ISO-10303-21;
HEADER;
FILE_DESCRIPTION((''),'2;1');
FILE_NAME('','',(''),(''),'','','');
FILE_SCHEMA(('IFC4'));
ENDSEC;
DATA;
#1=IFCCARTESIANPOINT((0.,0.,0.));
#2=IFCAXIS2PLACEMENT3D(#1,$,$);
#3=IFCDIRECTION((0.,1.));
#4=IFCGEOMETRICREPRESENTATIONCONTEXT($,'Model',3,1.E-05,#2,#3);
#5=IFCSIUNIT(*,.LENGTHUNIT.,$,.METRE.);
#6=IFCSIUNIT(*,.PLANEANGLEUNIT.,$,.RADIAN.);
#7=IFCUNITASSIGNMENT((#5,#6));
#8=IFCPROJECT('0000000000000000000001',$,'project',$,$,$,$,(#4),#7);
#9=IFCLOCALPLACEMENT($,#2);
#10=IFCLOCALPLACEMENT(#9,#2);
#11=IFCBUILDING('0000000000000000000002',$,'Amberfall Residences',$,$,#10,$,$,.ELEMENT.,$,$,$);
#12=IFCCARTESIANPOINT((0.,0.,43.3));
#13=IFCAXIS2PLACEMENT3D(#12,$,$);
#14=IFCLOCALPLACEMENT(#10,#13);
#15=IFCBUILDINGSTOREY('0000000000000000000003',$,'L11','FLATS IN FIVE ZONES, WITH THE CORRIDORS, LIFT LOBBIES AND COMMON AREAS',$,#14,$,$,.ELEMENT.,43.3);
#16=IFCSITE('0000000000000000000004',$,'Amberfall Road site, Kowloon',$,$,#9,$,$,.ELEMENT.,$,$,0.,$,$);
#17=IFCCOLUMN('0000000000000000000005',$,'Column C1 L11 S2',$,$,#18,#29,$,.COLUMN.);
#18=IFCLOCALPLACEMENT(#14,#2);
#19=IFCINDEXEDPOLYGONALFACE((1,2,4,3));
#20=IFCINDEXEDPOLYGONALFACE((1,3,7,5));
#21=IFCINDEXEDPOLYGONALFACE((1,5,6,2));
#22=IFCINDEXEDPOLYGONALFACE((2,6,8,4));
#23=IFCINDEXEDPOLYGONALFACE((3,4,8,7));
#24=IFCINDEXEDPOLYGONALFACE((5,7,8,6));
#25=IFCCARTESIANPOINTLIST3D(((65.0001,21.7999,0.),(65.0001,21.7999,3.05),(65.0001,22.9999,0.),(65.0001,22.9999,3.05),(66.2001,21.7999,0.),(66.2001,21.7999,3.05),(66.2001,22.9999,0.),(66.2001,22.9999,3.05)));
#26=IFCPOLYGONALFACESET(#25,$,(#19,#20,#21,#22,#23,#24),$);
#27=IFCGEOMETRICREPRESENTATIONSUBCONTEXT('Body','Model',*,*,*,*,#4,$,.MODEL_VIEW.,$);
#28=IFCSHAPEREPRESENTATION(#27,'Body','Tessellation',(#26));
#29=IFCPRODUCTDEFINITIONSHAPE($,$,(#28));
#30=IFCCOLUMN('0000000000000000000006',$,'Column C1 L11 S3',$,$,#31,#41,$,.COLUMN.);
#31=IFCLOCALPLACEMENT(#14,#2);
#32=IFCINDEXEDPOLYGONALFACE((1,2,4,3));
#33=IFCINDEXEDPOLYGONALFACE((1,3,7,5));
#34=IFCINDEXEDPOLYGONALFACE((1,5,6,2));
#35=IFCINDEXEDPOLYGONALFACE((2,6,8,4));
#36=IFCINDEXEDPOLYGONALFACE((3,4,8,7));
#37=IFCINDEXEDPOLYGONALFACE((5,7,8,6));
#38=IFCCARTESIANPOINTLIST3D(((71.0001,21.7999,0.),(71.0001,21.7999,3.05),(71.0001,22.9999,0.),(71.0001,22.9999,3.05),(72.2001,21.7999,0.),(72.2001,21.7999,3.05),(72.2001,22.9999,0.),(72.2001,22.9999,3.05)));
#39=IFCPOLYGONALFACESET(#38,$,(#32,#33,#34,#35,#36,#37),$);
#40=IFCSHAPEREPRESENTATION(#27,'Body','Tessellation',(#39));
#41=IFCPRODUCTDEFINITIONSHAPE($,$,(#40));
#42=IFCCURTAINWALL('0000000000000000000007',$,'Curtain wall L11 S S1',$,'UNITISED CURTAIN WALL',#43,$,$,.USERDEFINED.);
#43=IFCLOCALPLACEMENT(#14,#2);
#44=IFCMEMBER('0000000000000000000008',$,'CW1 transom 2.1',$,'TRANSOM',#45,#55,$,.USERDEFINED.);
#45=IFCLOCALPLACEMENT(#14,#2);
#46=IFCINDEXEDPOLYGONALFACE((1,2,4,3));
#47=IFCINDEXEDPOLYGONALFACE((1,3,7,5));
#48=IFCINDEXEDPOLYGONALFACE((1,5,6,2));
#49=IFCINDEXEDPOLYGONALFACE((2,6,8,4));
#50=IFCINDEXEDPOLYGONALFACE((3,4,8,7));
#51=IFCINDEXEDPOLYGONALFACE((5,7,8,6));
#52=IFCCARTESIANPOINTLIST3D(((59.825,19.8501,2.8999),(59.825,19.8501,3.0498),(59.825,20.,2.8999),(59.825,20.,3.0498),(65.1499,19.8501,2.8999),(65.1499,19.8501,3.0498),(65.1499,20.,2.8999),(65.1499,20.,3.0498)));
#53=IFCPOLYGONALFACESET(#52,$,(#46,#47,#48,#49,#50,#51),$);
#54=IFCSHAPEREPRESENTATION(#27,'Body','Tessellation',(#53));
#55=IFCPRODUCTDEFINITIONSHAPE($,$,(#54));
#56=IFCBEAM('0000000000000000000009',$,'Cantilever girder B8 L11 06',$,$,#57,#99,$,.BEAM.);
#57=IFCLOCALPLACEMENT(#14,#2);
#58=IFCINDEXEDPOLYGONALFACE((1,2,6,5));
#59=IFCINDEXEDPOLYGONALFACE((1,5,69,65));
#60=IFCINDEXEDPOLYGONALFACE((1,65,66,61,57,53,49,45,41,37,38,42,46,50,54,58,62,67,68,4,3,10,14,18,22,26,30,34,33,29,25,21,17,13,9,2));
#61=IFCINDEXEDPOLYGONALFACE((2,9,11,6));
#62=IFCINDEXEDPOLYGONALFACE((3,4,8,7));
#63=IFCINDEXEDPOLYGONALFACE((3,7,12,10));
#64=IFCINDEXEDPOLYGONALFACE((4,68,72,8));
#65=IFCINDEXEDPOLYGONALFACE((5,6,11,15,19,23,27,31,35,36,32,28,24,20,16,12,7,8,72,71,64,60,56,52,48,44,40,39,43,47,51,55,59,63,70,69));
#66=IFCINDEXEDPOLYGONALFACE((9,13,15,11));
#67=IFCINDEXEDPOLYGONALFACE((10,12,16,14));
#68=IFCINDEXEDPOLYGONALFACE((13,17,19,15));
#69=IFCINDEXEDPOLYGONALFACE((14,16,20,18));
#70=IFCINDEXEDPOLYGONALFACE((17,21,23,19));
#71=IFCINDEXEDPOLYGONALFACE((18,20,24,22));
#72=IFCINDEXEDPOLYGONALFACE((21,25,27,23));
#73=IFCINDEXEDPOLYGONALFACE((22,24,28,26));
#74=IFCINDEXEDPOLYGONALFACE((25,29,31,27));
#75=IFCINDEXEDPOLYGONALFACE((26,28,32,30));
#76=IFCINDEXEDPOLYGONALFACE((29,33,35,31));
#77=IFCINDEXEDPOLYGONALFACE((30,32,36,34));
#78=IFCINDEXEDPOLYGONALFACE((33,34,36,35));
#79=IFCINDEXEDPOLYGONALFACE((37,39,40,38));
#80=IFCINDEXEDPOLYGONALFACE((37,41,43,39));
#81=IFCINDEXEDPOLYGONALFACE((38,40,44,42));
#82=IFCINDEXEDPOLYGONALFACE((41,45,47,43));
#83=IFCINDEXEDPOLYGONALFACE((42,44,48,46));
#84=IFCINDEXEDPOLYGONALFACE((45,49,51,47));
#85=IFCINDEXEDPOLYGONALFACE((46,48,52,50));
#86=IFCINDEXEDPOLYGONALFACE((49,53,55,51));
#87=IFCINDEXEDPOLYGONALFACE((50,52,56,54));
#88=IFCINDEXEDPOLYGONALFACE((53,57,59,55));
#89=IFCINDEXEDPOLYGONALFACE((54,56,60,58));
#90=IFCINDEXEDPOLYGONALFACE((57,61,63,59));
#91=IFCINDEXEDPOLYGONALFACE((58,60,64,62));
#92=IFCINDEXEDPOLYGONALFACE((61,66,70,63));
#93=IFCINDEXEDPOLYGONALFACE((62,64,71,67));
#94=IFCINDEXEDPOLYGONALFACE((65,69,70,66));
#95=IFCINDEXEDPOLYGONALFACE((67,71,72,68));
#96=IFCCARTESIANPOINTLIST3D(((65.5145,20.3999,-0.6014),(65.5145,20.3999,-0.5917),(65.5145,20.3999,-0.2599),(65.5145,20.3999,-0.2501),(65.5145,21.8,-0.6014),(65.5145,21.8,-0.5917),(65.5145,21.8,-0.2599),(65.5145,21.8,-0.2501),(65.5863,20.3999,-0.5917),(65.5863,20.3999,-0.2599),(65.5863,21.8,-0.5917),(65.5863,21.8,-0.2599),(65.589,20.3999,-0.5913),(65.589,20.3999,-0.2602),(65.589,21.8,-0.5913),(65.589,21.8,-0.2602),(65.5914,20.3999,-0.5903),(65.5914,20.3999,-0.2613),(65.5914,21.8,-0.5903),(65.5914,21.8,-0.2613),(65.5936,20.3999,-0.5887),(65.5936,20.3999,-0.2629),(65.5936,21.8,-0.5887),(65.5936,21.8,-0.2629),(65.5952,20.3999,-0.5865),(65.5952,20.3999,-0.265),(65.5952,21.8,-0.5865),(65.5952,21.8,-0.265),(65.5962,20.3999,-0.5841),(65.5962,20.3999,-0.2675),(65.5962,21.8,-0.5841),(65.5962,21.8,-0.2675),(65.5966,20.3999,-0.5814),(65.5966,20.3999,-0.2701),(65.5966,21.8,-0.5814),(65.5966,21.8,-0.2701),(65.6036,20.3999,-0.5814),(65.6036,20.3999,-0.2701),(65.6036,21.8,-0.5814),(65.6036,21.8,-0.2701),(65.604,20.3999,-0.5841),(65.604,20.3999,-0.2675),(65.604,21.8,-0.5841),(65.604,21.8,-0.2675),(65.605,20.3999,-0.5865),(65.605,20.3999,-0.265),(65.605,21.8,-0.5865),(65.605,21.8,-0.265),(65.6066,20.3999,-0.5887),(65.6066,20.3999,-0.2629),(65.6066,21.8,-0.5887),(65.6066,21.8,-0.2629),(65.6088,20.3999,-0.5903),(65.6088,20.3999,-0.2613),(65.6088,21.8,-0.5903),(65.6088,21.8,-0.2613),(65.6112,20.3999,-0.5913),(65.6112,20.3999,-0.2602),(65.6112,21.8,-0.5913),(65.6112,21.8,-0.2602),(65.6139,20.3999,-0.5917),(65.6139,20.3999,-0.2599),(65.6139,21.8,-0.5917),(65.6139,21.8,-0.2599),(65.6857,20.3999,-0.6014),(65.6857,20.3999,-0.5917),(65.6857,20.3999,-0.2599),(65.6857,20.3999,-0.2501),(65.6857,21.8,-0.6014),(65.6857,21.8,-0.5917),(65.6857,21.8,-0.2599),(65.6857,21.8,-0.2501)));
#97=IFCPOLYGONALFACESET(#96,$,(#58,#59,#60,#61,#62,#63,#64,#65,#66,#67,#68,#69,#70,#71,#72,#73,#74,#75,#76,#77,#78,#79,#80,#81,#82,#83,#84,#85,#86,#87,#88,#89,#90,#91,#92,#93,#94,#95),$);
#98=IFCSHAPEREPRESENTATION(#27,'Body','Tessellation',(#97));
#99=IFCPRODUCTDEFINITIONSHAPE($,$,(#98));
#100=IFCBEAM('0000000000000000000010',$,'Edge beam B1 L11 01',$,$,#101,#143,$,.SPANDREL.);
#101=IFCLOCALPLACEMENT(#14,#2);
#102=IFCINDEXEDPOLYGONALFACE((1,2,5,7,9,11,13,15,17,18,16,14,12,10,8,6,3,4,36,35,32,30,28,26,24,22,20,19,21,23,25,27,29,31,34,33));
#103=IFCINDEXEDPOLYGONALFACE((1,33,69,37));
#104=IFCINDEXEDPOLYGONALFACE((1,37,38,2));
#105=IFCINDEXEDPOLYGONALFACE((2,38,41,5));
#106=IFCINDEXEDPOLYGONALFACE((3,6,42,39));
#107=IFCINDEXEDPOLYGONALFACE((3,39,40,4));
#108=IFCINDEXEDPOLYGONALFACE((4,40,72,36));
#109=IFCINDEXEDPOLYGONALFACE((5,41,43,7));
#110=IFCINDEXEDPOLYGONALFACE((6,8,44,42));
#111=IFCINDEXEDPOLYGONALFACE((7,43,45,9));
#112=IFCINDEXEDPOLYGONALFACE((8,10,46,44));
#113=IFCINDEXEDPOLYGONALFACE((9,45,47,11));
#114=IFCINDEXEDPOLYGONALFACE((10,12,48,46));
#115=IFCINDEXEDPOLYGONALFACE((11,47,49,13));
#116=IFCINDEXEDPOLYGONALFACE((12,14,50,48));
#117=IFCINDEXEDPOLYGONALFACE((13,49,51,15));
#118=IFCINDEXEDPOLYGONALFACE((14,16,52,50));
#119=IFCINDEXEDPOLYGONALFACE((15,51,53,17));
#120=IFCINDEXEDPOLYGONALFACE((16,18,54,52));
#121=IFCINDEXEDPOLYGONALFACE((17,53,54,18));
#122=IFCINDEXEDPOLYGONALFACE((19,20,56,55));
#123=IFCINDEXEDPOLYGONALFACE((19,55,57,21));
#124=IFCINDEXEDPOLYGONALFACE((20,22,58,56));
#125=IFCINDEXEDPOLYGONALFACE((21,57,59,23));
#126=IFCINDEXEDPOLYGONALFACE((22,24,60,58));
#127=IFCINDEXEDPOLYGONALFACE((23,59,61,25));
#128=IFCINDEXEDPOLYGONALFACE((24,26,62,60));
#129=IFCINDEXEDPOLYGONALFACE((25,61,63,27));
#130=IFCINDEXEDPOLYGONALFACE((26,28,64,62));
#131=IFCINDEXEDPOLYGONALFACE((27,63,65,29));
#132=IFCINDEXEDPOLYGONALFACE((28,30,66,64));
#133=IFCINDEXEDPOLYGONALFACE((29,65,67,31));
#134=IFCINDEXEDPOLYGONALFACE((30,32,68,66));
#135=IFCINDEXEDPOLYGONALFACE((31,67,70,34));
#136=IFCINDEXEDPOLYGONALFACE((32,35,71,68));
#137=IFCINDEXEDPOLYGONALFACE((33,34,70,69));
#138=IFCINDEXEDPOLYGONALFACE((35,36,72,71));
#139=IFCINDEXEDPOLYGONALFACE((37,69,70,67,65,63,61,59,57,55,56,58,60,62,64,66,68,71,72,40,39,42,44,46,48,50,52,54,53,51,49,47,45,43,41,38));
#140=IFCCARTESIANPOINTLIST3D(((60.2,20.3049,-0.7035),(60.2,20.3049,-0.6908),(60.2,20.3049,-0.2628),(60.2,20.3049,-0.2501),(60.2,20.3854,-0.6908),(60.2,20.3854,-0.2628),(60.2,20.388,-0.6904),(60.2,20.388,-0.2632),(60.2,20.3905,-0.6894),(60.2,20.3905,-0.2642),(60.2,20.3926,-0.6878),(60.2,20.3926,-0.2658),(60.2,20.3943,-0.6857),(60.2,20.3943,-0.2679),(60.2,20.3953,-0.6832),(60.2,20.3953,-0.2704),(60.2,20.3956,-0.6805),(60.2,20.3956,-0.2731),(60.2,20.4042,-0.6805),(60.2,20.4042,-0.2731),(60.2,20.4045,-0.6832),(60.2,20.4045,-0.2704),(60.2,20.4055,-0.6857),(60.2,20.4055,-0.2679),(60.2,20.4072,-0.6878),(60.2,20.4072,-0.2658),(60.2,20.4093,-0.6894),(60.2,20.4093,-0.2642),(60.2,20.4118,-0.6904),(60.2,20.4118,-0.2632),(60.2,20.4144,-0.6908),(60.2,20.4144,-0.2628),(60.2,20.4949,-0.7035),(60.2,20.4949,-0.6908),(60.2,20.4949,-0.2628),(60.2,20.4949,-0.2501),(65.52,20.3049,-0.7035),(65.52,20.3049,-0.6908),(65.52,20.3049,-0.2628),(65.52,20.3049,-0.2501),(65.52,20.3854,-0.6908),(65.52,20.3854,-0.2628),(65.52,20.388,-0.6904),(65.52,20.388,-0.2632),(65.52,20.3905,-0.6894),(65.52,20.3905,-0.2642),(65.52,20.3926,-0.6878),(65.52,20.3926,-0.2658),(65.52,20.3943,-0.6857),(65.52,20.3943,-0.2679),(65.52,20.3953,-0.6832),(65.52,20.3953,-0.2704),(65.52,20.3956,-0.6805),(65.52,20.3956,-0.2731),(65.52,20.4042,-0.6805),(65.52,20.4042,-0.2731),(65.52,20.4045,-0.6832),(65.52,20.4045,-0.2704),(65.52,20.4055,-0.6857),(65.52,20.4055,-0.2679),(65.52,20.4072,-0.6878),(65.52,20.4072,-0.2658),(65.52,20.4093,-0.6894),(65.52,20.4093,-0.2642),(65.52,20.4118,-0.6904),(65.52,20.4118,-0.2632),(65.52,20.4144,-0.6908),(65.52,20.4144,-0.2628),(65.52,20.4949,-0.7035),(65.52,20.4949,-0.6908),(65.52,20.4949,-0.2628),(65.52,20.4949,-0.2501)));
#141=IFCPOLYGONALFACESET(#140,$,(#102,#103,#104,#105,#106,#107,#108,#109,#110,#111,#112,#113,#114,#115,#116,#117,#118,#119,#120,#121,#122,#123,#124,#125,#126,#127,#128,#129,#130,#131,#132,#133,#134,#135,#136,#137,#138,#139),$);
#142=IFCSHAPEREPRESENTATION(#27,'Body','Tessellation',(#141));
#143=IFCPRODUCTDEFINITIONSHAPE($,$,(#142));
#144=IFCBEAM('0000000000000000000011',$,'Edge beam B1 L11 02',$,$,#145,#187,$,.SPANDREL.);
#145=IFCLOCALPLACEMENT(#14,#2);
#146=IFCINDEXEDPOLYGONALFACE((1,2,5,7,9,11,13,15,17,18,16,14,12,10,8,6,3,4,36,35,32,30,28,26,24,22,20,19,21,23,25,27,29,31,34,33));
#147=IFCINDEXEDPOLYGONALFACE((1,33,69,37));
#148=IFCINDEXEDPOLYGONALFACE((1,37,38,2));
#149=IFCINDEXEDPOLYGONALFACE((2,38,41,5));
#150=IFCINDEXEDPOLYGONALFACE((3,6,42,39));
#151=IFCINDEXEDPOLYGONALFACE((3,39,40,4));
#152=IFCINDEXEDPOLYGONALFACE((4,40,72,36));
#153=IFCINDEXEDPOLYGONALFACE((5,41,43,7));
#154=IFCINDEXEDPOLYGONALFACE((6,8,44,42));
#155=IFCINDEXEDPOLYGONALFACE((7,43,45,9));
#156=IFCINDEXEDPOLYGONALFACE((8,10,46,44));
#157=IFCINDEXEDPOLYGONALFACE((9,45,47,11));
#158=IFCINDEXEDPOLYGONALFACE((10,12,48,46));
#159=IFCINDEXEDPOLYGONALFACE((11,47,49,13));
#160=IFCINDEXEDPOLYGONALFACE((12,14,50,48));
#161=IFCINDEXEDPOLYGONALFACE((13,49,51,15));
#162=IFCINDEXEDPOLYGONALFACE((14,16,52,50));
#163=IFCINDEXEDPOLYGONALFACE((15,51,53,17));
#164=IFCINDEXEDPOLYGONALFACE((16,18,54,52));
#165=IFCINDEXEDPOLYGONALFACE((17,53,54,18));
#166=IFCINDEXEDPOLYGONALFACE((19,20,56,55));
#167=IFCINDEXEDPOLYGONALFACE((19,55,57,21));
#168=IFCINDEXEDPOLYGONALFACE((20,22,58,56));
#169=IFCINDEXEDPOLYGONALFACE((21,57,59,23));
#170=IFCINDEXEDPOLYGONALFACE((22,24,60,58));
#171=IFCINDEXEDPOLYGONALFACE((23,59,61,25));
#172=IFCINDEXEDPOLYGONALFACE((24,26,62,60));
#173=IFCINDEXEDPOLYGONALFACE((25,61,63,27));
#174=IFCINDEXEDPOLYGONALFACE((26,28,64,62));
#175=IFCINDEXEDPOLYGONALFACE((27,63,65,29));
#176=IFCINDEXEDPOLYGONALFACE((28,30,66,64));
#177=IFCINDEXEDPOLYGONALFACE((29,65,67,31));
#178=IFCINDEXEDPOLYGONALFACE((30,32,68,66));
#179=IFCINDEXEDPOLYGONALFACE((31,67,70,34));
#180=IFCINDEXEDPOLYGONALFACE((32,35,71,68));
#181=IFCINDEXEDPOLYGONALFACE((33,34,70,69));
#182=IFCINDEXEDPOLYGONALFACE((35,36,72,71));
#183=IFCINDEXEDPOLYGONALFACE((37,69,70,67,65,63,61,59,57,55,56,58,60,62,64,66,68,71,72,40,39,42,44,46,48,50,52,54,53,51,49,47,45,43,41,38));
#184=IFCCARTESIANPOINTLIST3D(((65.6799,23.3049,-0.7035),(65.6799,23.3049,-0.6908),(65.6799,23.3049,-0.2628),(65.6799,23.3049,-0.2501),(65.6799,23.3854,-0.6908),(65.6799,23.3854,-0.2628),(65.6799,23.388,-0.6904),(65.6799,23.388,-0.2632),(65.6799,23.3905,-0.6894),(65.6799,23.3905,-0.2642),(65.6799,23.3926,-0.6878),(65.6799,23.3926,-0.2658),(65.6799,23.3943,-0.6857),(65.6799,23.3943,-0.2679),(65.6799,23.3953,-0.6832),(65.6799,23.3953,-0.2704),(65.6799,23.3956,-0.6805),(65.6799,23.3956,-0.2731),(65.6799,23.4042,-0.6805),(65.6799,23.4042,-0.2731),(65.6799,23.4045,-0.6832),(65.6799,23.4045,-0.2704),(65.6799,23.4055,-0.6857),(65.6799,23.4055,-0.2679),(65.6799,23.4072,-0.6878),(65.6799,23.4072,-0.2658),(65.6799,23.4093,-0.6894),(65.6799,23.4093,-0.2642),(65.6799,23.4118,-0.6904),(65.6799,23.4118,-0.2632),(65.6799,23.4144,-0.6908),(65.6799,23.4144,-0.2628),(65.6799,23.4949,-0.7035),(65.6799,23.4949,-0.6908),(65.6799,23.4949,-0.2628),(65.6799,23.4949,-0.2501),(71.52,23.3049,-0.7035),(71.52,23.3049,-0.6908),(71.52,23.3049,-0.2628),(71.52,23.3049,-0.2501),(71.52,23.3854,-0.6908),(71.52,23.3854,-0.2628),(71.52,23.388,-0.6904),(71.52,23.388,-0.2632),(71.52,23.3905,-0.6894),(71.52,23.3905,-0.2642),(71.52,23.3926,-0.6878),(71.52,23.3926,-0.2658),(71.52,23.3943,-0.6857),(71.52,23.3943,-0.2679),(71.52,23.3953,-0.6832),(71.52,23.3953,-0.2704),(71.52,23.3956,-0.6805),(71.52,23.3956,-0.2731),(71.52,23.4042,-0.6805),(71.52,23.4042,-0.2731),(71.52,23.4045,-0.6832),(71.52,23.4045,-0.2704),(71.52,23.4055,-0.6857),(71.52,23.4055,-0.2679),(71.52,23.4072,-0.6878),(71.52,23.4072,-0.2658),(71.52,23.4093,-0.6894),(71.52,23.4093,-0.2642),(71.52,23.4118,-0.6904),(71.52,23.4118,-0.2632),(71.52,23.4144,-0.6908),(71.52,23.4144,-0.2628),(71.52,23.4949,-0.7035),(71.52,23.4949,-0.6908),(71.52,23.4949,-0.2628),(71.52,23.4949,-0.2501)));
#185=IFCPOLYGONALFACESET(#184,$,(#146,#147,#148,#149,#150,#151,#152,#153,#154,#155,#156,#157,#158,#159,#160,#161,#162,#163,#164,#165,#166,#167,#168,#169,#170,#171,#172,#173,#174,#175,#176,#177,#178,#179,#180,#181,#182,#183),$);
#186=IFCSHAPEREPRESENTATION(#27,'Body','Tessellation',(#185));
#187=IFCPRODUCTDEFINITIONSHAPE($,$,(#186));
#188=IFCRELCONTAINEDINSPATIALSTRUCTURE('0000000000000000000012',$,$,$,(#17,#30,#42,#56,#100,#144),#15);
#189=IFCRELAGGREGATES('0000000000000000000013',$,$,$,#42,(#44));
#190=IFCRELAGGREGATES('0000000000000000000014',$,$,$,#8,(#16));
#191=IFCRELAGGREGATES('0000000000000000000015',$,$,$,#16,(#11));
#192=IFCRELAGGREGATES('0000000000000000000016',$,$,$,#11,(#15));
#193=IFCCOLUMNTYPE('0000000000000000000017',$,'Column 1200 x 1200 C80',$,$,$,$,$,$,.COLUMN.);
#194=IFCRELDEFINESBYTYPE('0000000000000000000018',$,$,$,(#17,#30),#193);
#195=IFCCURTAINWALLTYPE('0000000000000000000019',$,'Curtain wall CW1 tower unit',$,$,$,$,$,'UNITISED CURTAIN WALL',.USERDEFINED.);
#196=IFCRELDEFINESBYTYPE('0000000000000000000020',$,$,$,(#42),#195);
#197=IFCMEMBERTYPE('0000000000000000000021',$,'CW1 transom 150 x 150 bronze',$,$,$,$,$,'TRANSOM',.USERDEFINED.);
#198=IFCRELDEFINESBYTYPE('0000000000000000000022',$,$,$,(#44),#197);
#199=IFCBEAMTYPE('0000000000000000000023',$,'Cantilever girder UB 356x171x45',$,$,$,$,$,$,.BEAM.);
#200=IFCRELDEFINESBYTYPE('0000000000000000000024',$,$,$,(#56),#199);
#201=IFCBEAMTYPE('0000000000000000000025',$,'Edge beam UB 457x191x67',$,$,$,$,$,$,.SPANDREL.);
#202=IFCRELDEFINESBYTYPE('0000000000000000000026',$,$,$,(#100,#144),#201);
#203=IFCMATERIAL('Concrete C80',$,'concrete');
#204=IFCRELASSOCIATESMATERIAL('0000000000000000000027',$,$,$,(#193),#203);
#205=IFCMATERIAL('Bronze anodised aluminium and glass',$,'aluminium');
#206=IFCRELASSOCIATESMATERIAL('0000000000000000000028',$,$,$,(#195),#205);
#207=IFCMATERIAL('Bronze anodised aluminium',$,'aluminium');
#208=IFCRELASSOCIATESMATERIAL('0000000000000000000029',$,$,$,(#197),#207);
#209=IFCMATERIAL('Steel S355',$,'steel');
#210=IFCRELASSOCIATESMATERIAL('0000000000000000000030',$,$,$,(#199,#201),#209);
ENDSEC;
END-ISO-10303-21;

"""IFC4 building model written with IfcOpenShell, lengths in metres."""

from ifc_helpers import new_model, si_unit, direction, frame, origin, origin_2d, place, context, subcontext, project, spatial, rectangle, i_section, extrude, material, material_profile, profile_set, type_object, element, aggregate, save


model = new_model("IFC4")

# Units and contexts
model_context = context("Model", 3, precision=1e-05, world=origin(), true_north=direction((0.0, 1.0)))
body_context = subcontext(model_context, "Body", "Model", "MODEL_VIEW")
ifc_project = project(units=[si_unit("LENGTHUNIT", "METRE"), si_unit("PLANEANGLEUNIT", "RADIAN")], contexts=[model_context])

# Site, building, storey
site_placement = place(None, origin())
site = spatial("IfcSite", under=ifc_project, at=site_placement, Name="Amberfall Road site, Kowloon", CompositionType="ELEMENT", RefElevation=0.0)
building_placement = place(site_placement, origin())
building = spatial("IfcBuilding", under=site, at=building_placement, Name="Amberfall Residences", CompositionType="ELEMENT")
storey_placement = place(building_placement, frame((0.0, 0.0, 43.3)))
storey = spatial("IfcBuildingStorey", under=building, at=storey_placement, Name="L11", Description="FLATS IN FIVE ZONES, WITH THE CORRIDORS, LIFT LOBBIES AND COMMON AREAS", CompositionType="ELEMENT", Elevation=43.3)

# Columns
ifc_material_1 = material(Name="Concrete C80", Category="concrete")
ifc_material_profile_1 = material_profile(ifc_material_1, rectangle(XDim=1.2, YDim=1.2, at=origin_2d()), Name="Column 1200 x 1200 C80")
ifc_profile_set_1 = profile_set([ifc_material_profile_1], Name="Concrete C80")
column_type = type_object("IfcColumnType", Name="Column 1200 x 1200 C80", PredefinedType="COLUMN", material=ifc_profile_set_1)
for number, where, z_axis, x_axis, name in (
    (1, (65.6001, 22.3999, 0.0), (0.0, 0.0, 1.0), (1.0, 0.0, 0.0), "Column C1 L11 S2"),
    (2, (71.6001, 22.3999, 0.0), (0.0, 0.0, 1.0), (1.0, 0.0, 0.0), "Column C1 L11 S3"),
):
    element("IfcColumn", number, at=place(storey_placement, frame(where, z_axis=z_axis, x_axis=x_axis)), inside=storey, type_object=column_type, Name=name, PredefinedType="COLUMN", context=body_context, shape_type="SweptSolid", body=[
        extrude(rectangle(XDim=1.2, YDim=1.2, at=origin_2d()), origin(), (0.0, 0.0, 1.0), 3.05),
    ])

# Curtain wall, member
ifc_material_2 = material(Name="Bronze anodised aluminium and glass", Category="aluminium")
curtain_wall_type = type_object("IfcCurtainWallType", Name="Curtain wall CW1 tower unit", ElementType="UNITISED CURTAIN WALL", PredefinedType="USERDEFINED", material=ifc_material_2)
curtain_wall_placement = place(storey_placement, origin())
curtain_wall = element("IfcCurtainWall", 3, at=curtain_wall_placement, inside=storey, type_object=curtain_wall_type, Name="Curtain wall L11 S S1", ObjectType="UNITISED CURTAIN WALL", PredefinedType="USERDEFINED")
ifc_material_3 = material(Name="Bronze anodised aluminium", Category="aluminium")
ifc_material_profile_2 = material_profile(ifc_material_3, rectangle(XDim=0.1499, YDim=0.1499, at=origin_2d()), Name="CW1 transom 150 x 150 bronze")
ifc_profile_set_2 = profile_set([ifc_material_profile_2], Name="Bronze anodised aluminium")
member_type_1 = type_object("IfcMemberType", Name="CW1 transom 150 x 150 bronze", ElementType="TRANSOM", PredefinedType="USERDEFINED", material=ifc_profile_set_2)
member_1_placement = place(storey_placement, frame((59.825, 19.925, 2.9749), z_axis=(1.0, 0.0, 0.0), x_axis=(0.0, 1.0, 0.0)))
member_1 = element("IfcMember", 4, at=member_1_placement, type_object=member_type_1, Name="CW1 transom 2.1", ObjectType="TRANSOM", PredefinedType="USERDEFINED", context=body_context, shape_type="SweptSolid", body=[
    extrude(rectangle(XDim=0.1499, YDim=0.1499, at=origin_2d()), origin(), (0.0, 0.0, 1.0), 5.325),
])

# Beams
ifc_material_4 = material(Name="Steel S355", Category="steel")
ifc_material_profile_3 = material_profile(ifc_material_4, i_section(OverallWidth=0.1711, OverallDepth=0.3513, WebThickness=0.0071, FlangeThickness=0.0098, FilletRadius=0.0103, at=origin_2d()), Name="UB 356x171x45")
ifc_profile_set_3 = profile_set([ifc_material_profile_3], Name="Steel S355")
beam_type_1 = type_object("IfcBeamType", Name="Cantilever girder UB 356x171x45", PredefinedType="BEAM", material=ifc_profile_set_3)
beam_1_placement = place(storey_placement, frame((65.6001, 21.8, -0.4258), z_axis=(0.0, -1.0, 0.0), x_axis=(1.0, 0.0, 0.0)))
element("IfcBeam", 5, at=beam_1_placement, inside=storey, type_object=beam_type_1, Name="Cantilever girder B8 L11 06", PredefinedType="BEAM", context=body_context, shape_type="SweptSolid", body=[
    extrude(i_section(OverallWidth=0.1711, OverallDepth=0.3513, WebThickness=0.0071, FlangeThickness=0.0098, FilletRadius=0.0103, at=origin_2d()), origin(), (0.0, 0.0, 1.0), 1.4001),
])
ifc_material_profile_4 = material_profile(ifc_material_4, i_section(OverallWidth=0.1899, OverallDepth=0.4534, WebThickness=0.0085, FlangeThickness=0.0127, FilletRadius=0.0103, at=origin_2d()), Name="UB 457x191x67")
ifc_profile_set_4 = profile_set([ifc_material_profile_4], Name="Steel S355")
beam_type_2 = type_object("IfcBeamType", Name="Edge beam UB 457x191x67", PredefinedType="SPANDREL", material=ifc_profile_set_4)
beam_2_placement = place(storey_placement, frame((60.2, 20.3999, -0.4768), z_axis=(1.0, 0.0, 0.0), x_axis=(0.0, 1.0, 0.0)))
element("IfcBeam", 6, at=beam_2_placement, inside=storey, type_object=beam_type_2, Name="Edge beam B1 L11 01", PredefinedType="SPANDREL", context=body_context, shape_type="SweptSolid", body=[
    extrude(i_section(OverallWidth=0.1899, OverallDepth=0.4534, WebThickness=0.0085, FlangeThickness=0.0127, FilletRadius=0.0103, at=origin_2d()), origin(), (0.0, 0.0, 1.0), 5.3201),
])
beam_3_placement = place(storey_placement, frame((65.6799, 23.3999, -0.4768), z_axis=(1.0, 0.0, 0.0), x_axis=(0.0, 1.0, 0.0)))
element("IfcBeam", 7, at=beam_3_placement, inside=storey, type_object=beam_type_2, Name="Edge beam B1 L11 02", PredefinedType="SPANDREL", context=body_context, shape_type="SweptSolid", body=[
    extrude(i_section(OverallWidth=0.1899, OverallDepth=0.4534, WebThickness=0.0085, FlangeThickness=0.0127, FilletRadius=0.0103, at=origin_2d()), origin(), (0.0, 0.0, 1.0), 5.8401),
])

aggregate(curtain_wall, [member_1])

save(model, "model.ifc")
